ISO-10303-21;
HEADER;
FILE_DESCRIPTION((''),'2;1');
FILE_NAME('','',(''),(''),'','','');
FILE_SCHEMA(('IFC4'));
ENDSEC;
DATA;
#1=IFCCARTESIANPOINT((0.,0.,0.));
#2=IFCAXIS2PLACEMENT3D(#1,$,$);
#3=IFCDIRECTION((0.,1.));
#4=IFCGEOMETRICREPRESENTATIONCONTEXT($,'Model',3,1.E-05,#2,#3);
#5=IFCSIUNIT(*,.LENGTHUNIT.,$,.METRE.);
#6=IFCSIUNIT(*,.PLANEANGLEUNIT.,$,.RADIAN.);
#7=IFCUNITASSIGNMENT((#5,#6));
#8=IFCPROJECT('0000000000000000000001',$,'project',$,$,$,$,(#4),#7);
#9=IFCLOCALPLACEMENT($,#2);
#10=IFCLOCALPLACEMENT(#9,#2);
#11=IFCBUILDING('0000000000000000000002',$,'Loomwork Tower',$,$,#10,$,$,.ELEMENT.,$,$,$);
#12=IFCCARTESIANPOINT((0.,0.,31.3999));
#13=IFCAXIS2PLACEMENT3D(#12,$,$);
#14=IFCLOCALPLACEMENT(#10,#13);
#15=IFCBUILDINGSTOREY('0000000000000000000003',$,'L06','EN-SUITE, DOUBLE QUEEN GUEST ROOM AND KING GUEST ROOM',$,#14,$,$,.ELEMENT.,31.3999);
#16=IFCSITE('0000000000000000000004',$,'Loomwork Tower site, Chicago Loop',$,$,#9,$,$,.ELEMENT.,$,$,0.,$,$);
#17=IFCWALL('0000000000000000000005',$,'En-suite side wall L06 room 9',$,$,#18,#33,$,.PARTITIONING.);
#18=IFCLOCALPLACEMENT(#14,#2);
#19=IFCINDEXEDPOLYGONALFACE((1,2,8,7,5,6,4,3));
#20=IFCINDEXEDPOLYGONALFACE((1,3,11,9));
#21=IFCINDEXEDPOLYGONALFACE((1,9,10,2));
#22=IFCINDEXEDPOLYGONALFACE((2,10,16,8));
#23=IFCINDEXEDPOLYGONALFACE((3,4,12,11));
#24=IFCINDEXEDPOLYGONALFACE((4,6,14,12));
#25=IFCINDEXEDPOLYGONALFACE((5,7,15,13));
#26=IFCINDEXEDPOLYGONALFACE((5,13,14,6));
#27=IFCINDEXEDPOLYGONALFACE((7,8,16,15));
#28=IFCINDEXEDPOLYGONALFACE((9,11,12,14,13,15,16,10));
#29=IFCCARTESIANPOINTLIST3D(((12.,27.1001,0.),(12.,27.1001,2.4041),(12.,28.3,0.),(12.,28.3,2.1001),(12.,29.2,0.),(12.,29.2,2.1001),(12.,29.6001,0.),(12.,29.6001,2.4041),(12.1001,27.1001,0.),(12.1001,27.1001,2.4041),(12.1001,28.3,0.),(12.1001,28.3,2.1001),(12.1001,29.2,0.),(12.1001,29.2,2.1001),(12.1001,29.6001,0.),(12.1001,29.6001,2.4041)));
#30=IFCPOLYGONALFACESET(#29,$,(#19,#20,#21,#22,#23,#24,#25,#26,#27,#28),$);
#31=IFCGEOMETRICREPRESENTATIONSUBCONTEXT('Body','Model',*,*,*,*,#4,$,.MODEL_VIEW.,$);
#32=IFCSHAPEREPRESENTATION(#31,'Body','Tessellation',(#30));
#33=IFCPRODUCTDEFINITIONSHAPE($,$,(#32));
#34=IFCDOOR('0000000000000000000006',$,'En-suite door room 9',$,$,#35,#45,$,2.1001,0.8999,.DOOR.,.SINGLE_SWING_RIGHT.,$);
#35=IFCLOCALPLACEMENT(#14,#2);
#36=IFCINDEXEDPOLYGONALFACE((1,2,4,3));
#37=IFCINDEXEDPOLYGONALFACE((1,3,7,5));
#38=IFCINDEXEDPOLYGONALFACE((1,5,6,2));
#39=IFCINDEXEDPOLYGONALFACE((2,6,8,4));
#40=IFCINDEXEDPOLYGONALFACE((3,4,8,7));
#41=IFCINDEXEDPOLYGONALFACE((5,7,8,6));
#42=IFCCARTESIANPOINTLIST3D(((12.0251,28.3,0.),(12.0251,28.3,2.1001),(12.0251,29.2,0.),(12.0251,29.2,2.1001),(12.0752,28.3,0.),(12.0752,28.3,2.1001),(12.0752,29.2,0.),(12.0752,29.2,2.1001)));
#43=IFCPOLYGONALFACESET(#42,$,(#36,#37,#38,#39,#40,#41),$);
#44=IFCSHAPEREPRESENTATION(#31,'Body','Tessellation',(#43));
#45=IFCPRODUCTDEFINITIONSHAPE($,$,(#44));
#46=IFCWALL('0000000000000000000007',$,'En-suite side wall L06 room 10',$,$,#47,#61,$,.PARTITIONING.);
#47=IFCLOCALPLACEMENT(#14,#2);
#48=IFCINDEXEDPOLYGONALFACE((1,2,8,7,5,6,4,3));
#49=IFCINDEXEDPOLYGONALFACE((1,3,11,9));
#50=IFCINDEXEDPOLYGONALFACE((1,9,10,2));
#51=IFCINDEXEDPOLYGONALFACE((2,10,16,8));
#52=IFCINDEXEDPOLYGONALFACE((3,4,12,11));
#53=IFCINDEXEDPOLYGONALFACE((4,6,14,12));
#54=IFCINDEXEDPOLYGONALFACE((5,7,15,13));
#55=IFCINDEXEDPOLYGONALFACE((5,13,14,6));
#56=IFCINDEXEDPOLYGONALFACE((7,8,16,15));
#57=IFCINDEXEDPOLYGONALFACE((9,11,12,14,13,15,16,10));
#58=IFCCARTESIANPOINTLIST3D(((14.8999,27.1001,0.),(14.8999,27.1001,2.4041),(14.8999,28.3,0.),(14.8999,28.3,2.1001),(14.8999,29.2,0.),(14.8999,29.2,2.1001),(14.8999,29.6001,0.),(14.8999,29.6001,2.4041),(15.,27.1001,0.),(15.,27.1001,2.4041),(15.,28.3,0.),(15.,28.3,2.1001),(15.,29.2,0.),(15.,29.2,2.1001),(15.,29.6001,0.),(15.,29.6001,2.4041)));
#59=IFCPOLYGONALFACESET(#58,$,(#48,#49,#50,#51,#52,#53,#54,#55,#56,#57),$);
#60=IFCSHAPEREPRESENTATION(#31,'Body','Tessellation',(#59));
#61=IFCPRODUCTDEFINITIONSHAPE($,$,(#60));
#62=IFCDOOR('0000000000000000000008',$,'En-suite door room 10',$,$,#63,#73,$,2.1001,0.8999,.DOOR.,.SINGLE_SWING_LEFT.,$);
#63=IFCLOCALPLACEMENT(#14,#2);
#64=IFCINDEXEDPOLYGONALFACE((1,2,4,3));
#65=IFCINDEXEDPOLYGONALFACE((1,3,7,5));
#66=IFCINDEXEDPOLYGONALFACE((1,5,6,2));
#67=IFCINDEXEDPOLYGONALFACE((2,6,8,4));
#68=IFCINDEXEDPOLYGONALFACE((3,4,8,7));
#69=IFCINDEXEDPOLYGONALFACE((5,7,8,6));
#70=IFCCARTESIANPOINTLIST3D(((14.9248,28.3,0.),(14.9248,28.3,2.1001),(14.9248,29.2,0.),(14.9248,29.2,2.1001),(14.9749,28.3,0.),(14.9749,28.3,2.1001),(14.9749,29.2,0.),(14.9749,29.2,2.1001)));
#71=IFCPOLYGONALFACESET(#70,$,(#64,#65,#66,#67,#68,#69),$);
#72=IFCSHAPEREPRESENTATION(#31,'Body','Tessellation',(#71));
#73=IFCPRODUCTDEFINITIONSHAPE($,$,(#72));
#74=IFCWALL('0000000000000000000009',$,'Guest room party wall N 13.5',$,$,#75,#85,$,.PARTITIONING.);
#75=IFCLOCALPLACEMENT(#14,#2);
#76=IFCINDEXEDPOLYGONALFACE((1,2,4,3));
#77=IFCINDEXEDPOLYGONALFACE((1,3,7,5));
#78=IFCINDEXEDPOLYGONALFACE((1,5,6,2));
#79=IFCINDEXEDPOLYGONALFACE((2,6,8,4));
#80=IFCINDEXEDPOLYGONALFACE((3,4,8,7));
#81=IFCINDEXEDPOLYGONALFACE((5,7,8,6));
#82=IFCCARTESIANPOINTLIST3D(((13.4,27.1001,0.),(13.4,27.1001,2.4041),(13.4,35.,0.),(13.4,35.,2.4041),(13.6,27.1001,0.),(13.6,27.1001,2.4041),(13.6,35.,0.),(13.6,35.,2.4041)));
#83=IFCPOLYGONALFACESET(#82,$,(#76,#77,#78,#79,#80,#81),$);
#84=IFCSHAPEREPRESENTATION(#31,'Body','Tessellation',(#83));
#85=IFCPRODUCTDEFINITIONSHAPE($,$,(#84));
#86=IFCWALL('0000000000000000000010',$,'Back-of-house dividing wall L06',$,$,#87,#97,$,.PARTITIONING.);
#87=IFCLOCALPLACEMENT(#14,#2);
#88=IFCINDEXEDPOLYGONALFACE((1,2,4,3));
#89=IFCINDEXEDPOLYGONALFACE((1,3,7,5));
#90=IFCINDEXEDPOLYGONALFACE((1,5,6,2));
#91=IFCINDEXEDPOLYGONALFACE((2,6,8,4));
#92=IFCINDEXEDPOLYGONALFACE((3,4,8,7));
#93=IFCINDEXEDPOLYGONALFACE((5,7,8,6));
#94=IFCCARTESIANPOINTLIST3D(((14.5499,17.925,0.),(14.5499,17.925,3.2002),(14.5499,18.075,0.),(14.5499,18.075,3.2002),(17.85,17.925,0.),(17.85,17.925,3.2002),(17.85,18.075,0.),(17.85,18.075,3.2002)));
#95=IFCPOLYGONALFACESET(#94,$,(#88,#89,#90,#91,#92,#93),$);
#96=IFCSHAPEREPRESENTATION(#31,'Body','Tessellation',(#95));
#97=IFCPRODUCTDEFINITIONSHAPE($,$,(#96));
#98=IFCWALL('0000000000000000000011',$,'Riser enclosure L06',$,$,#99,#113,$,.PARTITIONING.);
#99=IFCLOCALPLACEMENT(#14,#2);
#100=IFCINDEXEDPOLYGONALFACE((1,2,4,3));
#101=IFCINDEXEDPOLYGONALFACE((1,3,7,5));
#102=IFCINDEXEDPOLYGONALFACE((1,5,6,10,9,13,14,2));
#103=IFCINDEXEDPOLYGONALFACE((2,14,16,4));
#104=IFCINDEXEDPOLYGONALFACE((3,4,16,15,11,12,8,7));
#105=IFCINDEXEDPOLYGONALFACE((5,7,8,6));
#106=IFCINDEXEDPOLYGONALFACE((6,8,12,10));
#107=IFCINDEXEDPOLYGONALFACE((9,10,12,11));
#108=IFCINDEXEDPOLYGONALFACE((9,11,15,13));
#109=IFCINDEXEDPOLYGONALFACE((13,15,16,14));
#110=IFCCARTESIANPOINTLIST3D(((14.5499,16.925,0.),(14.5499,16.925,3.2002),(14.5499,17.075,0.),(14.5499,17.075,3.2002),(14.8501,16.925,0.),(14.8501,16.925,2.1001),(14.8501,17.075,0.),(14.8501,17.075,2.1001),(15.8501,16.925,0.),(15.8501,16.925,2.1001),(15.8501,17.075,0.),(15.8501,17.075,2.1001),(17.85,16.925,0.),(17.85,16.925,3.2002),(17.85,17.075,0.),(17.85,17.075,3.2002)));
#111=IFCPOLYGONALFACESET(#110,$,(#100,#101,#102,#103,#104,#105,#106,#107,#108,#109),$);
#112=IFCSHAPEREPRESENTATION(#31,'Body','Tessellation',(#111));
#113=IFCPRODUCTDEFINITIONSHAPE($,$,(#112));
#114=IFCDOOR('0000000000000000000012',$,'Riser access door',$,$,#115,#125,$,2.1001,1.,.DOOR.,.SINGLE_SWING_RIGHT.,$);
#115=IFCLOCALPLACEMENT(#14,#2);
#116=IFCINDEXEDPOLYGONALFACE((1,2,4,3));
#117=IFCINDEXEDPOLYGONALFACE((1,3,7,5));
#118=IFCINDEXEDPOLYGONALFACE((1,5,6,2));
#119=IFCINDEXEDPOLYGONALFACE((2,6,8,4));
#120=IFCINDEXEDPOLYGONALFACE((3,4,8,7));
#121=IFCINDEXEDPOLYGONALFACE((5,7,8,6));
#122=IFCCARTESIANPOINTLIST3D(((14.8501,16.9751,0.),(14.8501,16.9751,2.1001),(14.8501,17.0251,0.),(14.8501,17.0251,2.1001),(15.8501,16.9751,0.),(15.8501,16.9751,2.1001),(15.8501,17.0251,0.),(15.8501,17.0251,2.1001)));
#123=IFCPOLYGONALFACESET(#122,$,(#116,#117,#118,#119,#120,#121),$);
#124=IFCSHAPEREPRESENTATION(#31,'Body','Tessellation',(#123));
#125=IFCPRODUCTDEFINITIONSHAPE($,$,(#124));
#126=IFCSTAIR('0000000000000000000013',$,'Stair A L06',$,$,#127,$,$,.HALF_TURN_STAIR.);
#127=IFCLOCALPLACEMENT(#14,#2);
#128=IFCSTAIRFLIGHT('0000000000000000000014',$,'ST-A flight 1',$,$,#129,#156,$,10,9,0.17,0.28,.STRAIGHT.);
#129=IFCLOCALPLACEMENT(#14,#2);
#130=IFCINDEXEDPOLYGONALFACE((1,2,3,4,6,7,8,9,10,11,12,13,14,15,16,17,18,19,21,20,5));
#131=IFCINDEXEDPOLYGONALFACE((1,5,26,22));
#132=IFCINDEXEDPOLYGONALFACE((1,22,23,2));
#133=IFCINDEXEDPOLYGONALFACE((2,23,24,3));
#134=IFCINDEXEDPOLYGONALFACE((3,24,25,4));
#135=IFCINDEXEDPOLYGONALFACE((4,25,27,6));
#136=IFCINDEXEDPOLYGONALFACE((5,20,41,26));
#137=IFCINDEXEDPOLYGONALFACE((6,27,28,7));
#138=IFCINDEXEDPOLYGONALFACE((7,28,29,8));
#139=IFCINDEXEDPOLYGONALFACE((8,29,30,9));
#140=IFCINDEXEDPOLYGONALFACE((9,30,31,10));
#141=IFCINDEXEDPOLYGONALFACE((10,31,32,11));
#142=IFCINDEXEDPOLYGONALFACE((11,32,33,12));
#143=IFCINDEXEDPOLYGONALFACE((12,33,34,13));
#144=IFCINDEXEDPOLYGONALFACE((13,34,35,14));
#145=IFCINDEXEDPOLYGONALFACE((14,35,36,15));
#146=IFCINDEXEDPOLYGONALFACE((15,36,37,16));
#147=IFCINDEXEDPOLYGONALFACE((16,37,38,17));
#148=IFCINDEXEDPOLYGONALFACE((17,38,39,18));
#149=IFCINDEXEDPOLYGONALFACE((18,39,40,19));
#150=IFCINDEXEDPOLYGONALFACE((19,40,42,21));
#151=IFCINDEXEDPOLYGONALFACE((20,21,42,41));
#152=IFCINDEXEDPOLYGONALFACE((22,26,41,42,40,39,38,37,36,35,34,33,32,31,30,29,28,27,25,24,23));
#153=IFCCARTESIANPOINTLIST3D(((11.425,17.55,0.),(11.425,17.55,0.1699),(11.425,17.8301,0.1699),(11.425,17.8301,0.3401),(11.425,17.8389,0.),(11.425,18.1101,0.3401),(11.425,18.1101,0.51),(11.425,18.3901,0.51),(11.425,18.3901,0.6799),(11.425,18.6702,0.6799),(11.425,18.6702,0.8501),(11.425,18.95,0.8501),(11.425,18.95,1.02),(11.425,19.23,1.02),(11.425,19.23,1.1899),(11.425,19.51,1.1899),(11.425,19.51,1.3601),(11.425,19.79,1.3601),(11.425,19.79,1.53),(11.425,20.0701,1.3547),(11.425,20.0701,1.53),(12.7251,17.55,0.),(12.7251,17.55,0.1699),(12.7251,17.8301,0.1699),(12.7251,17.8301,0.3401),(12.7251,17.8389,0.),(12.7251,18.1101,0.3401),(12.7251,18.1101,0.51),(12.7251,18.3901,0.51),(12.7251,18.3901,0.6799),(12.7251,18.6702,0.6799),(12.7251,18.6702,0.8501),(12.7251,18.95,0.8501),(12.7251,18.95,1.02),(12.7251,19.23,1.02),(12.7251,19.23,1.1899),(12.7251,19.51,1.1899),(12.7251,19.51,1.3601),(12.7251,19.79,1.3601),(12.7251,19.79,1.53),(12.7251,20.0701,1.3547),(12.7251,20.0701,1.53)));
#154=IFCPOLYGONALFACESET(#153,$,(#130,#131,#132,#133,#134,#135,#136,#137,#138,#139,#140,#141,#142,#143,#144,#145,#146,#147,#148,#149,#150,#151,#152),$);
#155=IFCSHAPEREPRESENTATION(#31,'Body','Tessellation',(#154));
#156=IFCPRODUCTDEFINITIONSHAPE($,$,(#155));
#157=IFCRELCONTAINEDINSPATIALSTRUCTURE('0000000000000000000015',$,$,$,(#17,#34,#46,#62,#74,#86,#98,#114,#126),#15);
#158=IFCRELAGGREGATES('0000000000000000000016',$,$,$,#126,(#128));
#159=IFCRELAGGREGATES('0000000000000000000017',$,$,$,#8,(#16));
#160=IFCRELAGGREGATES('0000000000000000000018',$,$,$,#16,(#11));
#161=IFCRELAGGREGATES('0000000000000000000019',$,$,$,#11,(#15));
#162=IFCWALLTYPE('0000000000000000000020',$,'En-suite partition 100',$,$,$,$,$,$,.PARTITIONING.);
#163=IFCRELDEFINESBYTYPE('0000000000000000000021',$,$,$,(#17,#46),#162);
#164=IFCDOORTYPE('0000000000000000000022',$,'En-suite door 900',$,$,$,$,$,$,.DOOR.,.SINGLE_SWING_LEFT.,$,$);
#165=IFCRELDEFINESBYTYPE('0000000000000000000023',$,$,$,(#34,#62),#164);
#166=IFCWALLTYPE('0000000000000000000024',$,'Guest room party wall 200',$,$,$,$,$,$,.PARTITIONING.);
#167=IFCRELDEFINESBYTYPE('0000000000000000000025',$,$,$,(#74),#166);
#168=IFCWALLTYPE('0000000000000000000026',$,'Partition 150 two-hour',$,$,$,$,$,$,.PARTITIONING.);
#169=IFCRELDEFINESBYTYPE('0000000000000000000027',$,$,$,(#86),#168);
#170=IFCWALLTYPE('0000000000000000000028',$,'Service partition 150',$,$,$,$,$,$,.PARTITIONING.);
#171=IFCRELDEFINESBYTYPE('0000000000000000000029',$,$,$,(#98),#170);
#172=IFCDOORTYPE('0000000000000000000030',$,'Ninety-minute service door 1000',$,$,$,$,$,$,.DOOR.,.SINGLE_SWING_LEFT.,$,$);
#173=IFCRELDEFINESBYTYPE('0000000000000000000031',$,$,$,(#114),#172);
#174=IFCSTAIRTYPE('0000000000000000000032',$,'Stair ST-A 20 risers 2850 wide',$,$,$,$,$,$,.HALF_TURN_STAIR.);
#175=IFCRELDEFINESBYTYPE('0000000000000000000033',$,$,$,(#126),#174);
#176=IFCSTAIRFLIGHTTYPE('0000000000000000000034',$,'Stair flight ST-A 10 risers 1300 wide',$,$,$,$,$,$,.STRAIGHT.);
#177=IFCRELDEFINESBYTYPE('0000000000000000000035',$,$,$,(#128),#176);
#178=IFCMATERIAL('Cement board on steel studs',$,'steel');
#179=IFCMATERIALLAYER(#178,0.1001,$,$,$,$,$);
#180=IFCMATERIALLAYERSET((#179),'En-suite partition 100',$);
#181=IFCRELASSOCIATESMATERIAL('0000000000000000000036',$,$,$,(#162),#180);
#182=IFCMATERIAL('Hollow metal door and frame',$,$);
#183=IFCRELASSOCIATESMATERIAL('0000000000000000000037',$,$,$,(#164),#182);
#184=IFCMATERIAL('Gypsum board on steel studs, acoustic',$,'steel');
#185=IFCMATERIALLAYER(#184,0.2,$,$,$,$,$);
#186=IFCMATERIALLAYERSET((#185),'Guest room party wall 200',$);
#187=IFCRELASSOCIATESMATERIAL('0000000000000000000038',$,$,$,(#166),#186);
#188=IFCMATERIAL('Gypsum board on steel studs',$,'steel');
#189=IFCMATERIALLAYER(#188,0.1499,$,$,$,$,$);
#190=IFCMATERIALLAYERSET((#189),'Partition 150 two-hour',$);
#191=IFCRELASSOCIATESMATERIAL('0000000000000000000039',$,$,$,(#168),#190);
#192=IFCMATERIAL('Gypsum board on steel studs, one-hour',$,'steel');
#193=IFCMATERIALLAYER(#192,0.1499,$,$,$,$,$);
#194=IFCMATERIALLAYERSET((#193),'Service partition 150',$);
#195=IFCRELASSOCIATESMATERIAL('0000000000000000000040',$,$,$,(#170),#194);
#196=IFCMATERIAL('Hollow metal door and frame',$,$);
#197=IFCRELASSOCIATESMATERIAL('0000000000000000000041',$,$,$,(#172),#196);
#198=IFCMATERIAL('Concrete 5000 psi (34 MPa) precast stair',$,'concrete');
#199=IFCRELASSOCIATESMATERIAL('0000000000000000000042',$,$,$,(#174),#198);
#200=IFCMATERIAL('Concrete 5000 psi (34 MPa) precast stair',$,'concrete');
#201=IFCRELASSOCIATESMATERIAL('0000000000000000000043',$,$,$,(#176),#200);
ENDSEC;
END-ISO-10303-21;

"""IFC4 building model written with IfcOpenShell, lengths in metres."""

from ifc_helpers import new_model, si_unit, direction, frame, frame_2d, origin, place, context, subcontext, project, spatial, polyline, rectangle, outline, extrude, material, layer, layer_set, type_object, element, fill, aggregate, save


model = new_model("IFC4")

# Units and contexts
model_context = context("Model", 3, precision=1e-05, world=origin(), true_north=direction((0.0, 1.0)))
body_context = subcontext(model_context, "Body", "Model", "MODEL_VIEW")
ifc_project = project(units=[si_unit("LENGTHUNIT", "METRE"), si_unit("PLANEANGLEUNIT", "RADIAN")], contexts=[model_context])

# Site, building, storey
site_placement = place(None, origin())
site = spatial("IfcSite", under=ifc_project, at=site_placement, Name="Loomwork Tower site, Chicago Loop", CompositionType="ELEMENT", RefElevation=0.0)
building_placement = place(site_placement, origin())
building = spatial("IfcBuilding", under=site, at=building_placement, Name="Loomwork Tower", CompositionType="ELEMENT")
storey_placement = place(building_placement, frame((0.0, 0.0, 31.3999)))
storey = spatial("IfcBuildingStorey", under=building, at=storey_placement, Name="L06", Description="EN-SUITE, DOUBLE QUEEN GUEST ROOM AND KING GUEST ROOM", CompositionType="ELEMENT", Elevation=31.3999)

# Shared definitions
ifc_material_1 = material(Name="Cement board on steel studs", Category="steel")
ifc_layer_1 = layer(ifc_material_1, 0.1001)
ifc_layer_set_1 = layer_set([ifc_layer_1], Name="En-suite partition 100")
wall_type_1 = type_object("IfcWallType", Name="En-suite partition 100", PredefinedType="PARTITIONING", material=ifc_layer_set_1)

# Walls, openings, doors
wall_1_placement = place(storey_placement, frame((12.05, 27.1001, 0.0), z_axis=(0.0, 0.0, 1.0), x_axis=(0.0, 1.0, 0.0)))
wall_1 = element("IfcWall", 1, at=wall_1_placement, inside=storey, type_object=wall_type_1, Name="En-suite side wall L06 room 9", PredefinedType="PARTITIONING", context=body_context, shape_type="SweptSolid", body=[
    extrude(rectangle(XDim=2.5, YDim=0.1001, at=frame_2d((1.25, 0.0))), origin(), (0.0, 0.0, 1.0), 2.4041),
])
opening_1_placement = place(wall_1_placement, frame((1.2, 0.0, 0.0)))
opening_1 = element("IfcOpeningElement", 2, at=opening_1_placement, cuts=wall_1, PredefinedType="OPENING", context=body_context, shape_type="SweptSolid", body=[
    extrude(rectangle(XDim=0.8999, YDim=2.1001, at=frame_2d((0.45, 1.05))), frame((0.0, 0.0601, 0.0), z_axis=(0.0, -1.0, 0.0), x_axis=(1.0, 0.0, 0.0)), (0.0, 0.0, 1.0), 0.1201),
])
ifc_material_2 = material(Name="Hollow metal door and frame")
door_type_1 = type_object("IfcDoorType", Name="En-suite door 900", OperationType="SINGLE_SWING_LEFT", PredefinedType="DOOR", material=ifc_material_2)
door_1_placement = place(opening_1_placement, origin())
door_1 = element("IfcDoor", 3, at=door_1_placement, inside=storey, type_object=door_type_1, Name="En-suite door room 9", OperationType="SINGLE_SWING_RIGHT", OverallHeight=2.1001, OverallWidth=0.8999, PredefinedType="DOOR", context=body_context, shape_type="SweptSolid", body=[
    extrude(rectangle(XDim=0.8999, YDim=2.1001, at=frame_2d((0.45, 1.05))), frame((0.0, 0.0249, 0.0), z_axis=(0.0, -1.0, 0.0), x_axis=(1.0, 0.0, 0.0)), (0.0, 0.0, 1.0), 0.05),
])
fill(opening_1, door_1)
wall_2_placement = place(storey_placement, frame((14.95, 27.1001, 0.0), z_axis=(0.0, 0.0, 1.0), x_axis=(0.0, 1.0, 0.0)))
wall_2 = element("IfcWall", 4, at=wall_2_placement, inside=storey, type_object=wall_type_1, Name="En-suite side wall L06 room 10", PredefinedType="PARTITIONING", context=body_context, shape_type="SweptSolid", body=[
    extrude(rectangle(XDim=2.5, YDim=0.1001, at=frame_2d((1.25, 0.0))), origin(), (0.0, 0.0, 1.0), 2.4041),
])
opening_2_placement = place(wall_2_placement, frame((1.2, 0.0, 0.0)))
opening_2 = element("IfcOpeningElement", 5, at=opening_2_placement, cuts=wall_2, PredefinedType="OPENING", context=body_context, shape_type="SweptSolid", body=[
    extrude(rectangle(XDim=0.8999, YDim=2.1001, at=frame_2d((0.45, 1.05))), frame((0.0, 0.0601, 0.0), z_axis=(0.0, -1.0, 0.0), x_axis=(1.0, 0.0, 0.0)), (0.0, 0.0, 1.0), 0.1201),
])
door_2_placement = place(opening_2_placement, frame((0.8999, 0.0, 0.0), z_axis=(0.0, 0.0, 1.0), x_axis=(-1.0, 0.0, 0.0)))
door_2 = element("IfcDoor", 6, at=door_2_placement, inside=storey, type_object=door_type_1, Name="En-suite door room 10", OperationType="SINGLE_SWING_LEFT", OverallHeight=2.1001, OverallWidth=0.8999, PredefinedType="DOOR", context=body_context, shape_type="SweptSolid", body=[
    extrude(rectangle(XDim=0.8999, YDim=2.1001, at=frame_2d((0.45, 1.05))), frame((0.0, 0.0249, 0.0), z_axis=(0.0, -1.0, 0.0), x_axis=(1.0, 0.0, 0.0)), (0.0, 0.0, 1.0), 0.05),
])
fill(opening_2, door_2)

# Walls
ifc_material_3 = material(Name="Gypsum board on steel studs, acoustic", Category="steel")
ifc_layer_2 = layer(ifc_material_3, 0.2)
ifc_layer_set_2 = layer_set([ifc_layer_2], Name="Guest room party wall 200")
wall_type_2 = type_object("IfcWallType", Name="Guest room party wall 200", PredefinedType="PARTITIONING", material=ifc_layer_set_2)
wall_3_placement = place(storey_placement, frame((13.5, 27.1001, 0.0), z_axis=(0.0, 0.0, 1.0), x_axis=(0.0, 1.0, 0.0)))
element("IfcWall", 7, at=wall_3_placement, inside=storey, type_object=wall_type_2, Name="Guest room party wall N 13.5", PredefinedType="PARTITIONING", context=body_context, shape_type="SweptSolid", body=[
    extrude(rectangle(XDim=7.8999, YDim=0.2, at=frame_2d((3.95, 0.0))), origin(), (0.0, 0.0, 1.0), 2.4041),
])
ifc_material_4 = material(Name="Gypsum board on steel studs", Category="steel")
ifc_layer_3 = layer(ifc_material_4, 0.1499)
ifc_layer_set_3 = layer_set([ifc_layer_3], Name="Partition 150 two-hour")
wall_type_3 = type_object("IfcWallType", Name="Partition 150 two-hour", PredefinedType="PARTITIONING", material=ifc_layer_set_3)
wall_4_placement = place(storey_placement, frame((14.55, 18.0, 0.0), z_axis=(0.0, 0.0, 1.0), x_axis=(1.0, 0.0, 0.0)))
element("IfcWall", 8, at=wall_4_placement, inside=storey, type_object=wall_type_3, Name="Back-of-house dividing wall L06", PredefinedType="PARTITIONING", context=body_context, shape_type="SweptSolid", body=[
    extrude(rectangle(XDim=3.3, YDim=0.1499, at=frame_2d((1.6499, 0.0))), origin(), (0.0, 0.0, 1.0), 3.2002),
])

# Wall, opening, door
ifc_material_5 = material(Name="Gypsum board on steel studs, one-hour", Category="steel")
ifc_layer_4 = layer(ifc_material_5, 0.1499)
ifc_layer_set_4 = layer_set([ifc_layer_4], Name="Service partition 150")
wall_type_4 = type_object("IfcWallType", Name="Service partition 150", PredefinedType="PARTITIONING", material=ifc_layer_set_4)
wall_5_placement = place(storey_placement, frame((14.55, 17.0, 0.0), z_axis=(0.0, 0.0, 1.0), x_axis=(1.0, 0.0, 0.0)))
wall_5 = element("IfcWall", 9, at=wall_5_placement, inside=storey, type_object=wall_type_4, Name="Riser enclosure L06", PredefinedType="PARTITIONING", context=body_context, shape_type="SweptSolid", body=[
    extrude(rectangle(XDim=3.3, YDim=0.1499, at=frame_2d((1.6499, 0.0))), origin(), (0.0, 0.0, 1.0), 3.2002),
])
opening_3_placement = place(wall_5_placement, frame((0.3, 0.0, 0.0)))
opening_3 = element("IfcOpeningElement", 10, at=opening_3_placement, cuts=wall_5, PredefinedType="OPENING", context=body_context, shape_type="SweptSolid", body=[
    extrude(rectangle(XDim=1.0, YDim=2.1001, at=frame_2d((0.5, 1.05))), frame((0.0, 0.085, 0.0), z_axis=(0.0, -1.0, 0.0), x_axis=(1.0, 0.0, 0.0)), (0.0, 0.0, 1.0), 0.1699),
])
ifc_material_6 = material(Name="Hollow metal door and frame")
door_type_2 = type_object("IfcDoorType", Name="Ninety-minute service door 1000", OperationType="SINGLE_SWING_LEFT", PredefinedType="DOOR", material=ifc_material_6)
door_3_placement = place(opening_3_placement, frame((1.0, 0.0, 0.0), z_axis=(0.0, 0.0, 1.0), x_axis=(-1.0, 0.0, 0.0)))
door_3 = element("IfcDoor", 11, at=door_3_placement, inside=storey, type_object=door_type_2, Name="Riser access door", OperationType="SINGLE_SWING_RIGHT", OverallHeight=2.1001, OverallWidth=1.0, PredefinedType="DOOR", context=body_context, shape_type="SweptSolid", body=[
    extrude(rectangle(XDim=1.0, YDim=2.1001, at=frame_2d((0.5, 1.05))), frame((0.0, 0.0249, 0.0), z_axis=(0.0, -1.0, 0.0), x_axis=(1.0, 0.0, 0.0)), (0.0, 0.0, 1.0), 0.05),
])
fill(opening_3, door_3)

# Stair, stair flight
ifc_material_7 = material(Name="Concrete 5000 psi (34 MPa) precast stair", Category="concrete")
stair_type = type_object("IfcStairType", Name="Stair ST-A 20 risers 2850 wide", PredefinedType="HALF_TURN_STAIR", material=ifc_material_7)
stair_placement = place(storey_placement, origin())
stair = element("IfcStair", 12, at=stair_placement, inside=storey, type_object=stair_type, Name="Stair A L06", PredefinedType="HALF_TURN_STAIR")
ifc_material_8 = material(Name="Concrete 5000 psi (34 MPa) precast stair", Category="concrete")
stair_flight_type = type_object("IfcStairFlightType", Name="Stair flight ST-A 10 risers 1300 wide", PredefinedType="STRAIGHT", material=ifc_material_8)
stair_flight_1_placement = place(storey_placement, frame((12.075, 17.55, 0.0), z_axis=(0.0, 0.0, 1.0), x_axis=(0.0, 1.0, 0.0)))
stair_flight_1 = element("IfcStairFlight", 13, at=stair_flight_1_placement, type_object=stair_flight_type, Name="ST-A flight 1", NumberOfRisers=10, NumberOfTreads=9, PredefinedType="STRAIGHT", RiserHeight=0.17, TreadLength=0.28, context=body_context, shape_type="SweptSolid", body=[
    extrude(outline(polyline([(0.0, 0.0), (0.0, 0.1699), (0.28, 0.1699), (0.28, 0.3401), (0.5601, 0.3401), (0.5601, 0.51), (0.8401, 0.51), (0.8401, 0.6799), (1.1201, 0.6799), (1.1201, 0.8501), (1.3999, 0.8501), (1.3999, 1.02), (1.6799, 1.02), (1.6799, 1.1899), (1.96, 1.1899), (1.96, 1.3601), (2.24, 1.3601), (2.24, 1.53), (2.52, 1.53), (2.52, 1.7), (2.52, 1.3547), (0.2888, 0.0), (0.0, 0.0)])), frame((0.0, 0.6499, 0.0), z_axis=(0.0, -1.0, 0.0), x_axis=(1.0, 0.0, 0.0)), (0.0, 0.0, 1.0), 1.3),
])
aggregate(stair, [stair_flight_1])

save(model, "model.ifc")
